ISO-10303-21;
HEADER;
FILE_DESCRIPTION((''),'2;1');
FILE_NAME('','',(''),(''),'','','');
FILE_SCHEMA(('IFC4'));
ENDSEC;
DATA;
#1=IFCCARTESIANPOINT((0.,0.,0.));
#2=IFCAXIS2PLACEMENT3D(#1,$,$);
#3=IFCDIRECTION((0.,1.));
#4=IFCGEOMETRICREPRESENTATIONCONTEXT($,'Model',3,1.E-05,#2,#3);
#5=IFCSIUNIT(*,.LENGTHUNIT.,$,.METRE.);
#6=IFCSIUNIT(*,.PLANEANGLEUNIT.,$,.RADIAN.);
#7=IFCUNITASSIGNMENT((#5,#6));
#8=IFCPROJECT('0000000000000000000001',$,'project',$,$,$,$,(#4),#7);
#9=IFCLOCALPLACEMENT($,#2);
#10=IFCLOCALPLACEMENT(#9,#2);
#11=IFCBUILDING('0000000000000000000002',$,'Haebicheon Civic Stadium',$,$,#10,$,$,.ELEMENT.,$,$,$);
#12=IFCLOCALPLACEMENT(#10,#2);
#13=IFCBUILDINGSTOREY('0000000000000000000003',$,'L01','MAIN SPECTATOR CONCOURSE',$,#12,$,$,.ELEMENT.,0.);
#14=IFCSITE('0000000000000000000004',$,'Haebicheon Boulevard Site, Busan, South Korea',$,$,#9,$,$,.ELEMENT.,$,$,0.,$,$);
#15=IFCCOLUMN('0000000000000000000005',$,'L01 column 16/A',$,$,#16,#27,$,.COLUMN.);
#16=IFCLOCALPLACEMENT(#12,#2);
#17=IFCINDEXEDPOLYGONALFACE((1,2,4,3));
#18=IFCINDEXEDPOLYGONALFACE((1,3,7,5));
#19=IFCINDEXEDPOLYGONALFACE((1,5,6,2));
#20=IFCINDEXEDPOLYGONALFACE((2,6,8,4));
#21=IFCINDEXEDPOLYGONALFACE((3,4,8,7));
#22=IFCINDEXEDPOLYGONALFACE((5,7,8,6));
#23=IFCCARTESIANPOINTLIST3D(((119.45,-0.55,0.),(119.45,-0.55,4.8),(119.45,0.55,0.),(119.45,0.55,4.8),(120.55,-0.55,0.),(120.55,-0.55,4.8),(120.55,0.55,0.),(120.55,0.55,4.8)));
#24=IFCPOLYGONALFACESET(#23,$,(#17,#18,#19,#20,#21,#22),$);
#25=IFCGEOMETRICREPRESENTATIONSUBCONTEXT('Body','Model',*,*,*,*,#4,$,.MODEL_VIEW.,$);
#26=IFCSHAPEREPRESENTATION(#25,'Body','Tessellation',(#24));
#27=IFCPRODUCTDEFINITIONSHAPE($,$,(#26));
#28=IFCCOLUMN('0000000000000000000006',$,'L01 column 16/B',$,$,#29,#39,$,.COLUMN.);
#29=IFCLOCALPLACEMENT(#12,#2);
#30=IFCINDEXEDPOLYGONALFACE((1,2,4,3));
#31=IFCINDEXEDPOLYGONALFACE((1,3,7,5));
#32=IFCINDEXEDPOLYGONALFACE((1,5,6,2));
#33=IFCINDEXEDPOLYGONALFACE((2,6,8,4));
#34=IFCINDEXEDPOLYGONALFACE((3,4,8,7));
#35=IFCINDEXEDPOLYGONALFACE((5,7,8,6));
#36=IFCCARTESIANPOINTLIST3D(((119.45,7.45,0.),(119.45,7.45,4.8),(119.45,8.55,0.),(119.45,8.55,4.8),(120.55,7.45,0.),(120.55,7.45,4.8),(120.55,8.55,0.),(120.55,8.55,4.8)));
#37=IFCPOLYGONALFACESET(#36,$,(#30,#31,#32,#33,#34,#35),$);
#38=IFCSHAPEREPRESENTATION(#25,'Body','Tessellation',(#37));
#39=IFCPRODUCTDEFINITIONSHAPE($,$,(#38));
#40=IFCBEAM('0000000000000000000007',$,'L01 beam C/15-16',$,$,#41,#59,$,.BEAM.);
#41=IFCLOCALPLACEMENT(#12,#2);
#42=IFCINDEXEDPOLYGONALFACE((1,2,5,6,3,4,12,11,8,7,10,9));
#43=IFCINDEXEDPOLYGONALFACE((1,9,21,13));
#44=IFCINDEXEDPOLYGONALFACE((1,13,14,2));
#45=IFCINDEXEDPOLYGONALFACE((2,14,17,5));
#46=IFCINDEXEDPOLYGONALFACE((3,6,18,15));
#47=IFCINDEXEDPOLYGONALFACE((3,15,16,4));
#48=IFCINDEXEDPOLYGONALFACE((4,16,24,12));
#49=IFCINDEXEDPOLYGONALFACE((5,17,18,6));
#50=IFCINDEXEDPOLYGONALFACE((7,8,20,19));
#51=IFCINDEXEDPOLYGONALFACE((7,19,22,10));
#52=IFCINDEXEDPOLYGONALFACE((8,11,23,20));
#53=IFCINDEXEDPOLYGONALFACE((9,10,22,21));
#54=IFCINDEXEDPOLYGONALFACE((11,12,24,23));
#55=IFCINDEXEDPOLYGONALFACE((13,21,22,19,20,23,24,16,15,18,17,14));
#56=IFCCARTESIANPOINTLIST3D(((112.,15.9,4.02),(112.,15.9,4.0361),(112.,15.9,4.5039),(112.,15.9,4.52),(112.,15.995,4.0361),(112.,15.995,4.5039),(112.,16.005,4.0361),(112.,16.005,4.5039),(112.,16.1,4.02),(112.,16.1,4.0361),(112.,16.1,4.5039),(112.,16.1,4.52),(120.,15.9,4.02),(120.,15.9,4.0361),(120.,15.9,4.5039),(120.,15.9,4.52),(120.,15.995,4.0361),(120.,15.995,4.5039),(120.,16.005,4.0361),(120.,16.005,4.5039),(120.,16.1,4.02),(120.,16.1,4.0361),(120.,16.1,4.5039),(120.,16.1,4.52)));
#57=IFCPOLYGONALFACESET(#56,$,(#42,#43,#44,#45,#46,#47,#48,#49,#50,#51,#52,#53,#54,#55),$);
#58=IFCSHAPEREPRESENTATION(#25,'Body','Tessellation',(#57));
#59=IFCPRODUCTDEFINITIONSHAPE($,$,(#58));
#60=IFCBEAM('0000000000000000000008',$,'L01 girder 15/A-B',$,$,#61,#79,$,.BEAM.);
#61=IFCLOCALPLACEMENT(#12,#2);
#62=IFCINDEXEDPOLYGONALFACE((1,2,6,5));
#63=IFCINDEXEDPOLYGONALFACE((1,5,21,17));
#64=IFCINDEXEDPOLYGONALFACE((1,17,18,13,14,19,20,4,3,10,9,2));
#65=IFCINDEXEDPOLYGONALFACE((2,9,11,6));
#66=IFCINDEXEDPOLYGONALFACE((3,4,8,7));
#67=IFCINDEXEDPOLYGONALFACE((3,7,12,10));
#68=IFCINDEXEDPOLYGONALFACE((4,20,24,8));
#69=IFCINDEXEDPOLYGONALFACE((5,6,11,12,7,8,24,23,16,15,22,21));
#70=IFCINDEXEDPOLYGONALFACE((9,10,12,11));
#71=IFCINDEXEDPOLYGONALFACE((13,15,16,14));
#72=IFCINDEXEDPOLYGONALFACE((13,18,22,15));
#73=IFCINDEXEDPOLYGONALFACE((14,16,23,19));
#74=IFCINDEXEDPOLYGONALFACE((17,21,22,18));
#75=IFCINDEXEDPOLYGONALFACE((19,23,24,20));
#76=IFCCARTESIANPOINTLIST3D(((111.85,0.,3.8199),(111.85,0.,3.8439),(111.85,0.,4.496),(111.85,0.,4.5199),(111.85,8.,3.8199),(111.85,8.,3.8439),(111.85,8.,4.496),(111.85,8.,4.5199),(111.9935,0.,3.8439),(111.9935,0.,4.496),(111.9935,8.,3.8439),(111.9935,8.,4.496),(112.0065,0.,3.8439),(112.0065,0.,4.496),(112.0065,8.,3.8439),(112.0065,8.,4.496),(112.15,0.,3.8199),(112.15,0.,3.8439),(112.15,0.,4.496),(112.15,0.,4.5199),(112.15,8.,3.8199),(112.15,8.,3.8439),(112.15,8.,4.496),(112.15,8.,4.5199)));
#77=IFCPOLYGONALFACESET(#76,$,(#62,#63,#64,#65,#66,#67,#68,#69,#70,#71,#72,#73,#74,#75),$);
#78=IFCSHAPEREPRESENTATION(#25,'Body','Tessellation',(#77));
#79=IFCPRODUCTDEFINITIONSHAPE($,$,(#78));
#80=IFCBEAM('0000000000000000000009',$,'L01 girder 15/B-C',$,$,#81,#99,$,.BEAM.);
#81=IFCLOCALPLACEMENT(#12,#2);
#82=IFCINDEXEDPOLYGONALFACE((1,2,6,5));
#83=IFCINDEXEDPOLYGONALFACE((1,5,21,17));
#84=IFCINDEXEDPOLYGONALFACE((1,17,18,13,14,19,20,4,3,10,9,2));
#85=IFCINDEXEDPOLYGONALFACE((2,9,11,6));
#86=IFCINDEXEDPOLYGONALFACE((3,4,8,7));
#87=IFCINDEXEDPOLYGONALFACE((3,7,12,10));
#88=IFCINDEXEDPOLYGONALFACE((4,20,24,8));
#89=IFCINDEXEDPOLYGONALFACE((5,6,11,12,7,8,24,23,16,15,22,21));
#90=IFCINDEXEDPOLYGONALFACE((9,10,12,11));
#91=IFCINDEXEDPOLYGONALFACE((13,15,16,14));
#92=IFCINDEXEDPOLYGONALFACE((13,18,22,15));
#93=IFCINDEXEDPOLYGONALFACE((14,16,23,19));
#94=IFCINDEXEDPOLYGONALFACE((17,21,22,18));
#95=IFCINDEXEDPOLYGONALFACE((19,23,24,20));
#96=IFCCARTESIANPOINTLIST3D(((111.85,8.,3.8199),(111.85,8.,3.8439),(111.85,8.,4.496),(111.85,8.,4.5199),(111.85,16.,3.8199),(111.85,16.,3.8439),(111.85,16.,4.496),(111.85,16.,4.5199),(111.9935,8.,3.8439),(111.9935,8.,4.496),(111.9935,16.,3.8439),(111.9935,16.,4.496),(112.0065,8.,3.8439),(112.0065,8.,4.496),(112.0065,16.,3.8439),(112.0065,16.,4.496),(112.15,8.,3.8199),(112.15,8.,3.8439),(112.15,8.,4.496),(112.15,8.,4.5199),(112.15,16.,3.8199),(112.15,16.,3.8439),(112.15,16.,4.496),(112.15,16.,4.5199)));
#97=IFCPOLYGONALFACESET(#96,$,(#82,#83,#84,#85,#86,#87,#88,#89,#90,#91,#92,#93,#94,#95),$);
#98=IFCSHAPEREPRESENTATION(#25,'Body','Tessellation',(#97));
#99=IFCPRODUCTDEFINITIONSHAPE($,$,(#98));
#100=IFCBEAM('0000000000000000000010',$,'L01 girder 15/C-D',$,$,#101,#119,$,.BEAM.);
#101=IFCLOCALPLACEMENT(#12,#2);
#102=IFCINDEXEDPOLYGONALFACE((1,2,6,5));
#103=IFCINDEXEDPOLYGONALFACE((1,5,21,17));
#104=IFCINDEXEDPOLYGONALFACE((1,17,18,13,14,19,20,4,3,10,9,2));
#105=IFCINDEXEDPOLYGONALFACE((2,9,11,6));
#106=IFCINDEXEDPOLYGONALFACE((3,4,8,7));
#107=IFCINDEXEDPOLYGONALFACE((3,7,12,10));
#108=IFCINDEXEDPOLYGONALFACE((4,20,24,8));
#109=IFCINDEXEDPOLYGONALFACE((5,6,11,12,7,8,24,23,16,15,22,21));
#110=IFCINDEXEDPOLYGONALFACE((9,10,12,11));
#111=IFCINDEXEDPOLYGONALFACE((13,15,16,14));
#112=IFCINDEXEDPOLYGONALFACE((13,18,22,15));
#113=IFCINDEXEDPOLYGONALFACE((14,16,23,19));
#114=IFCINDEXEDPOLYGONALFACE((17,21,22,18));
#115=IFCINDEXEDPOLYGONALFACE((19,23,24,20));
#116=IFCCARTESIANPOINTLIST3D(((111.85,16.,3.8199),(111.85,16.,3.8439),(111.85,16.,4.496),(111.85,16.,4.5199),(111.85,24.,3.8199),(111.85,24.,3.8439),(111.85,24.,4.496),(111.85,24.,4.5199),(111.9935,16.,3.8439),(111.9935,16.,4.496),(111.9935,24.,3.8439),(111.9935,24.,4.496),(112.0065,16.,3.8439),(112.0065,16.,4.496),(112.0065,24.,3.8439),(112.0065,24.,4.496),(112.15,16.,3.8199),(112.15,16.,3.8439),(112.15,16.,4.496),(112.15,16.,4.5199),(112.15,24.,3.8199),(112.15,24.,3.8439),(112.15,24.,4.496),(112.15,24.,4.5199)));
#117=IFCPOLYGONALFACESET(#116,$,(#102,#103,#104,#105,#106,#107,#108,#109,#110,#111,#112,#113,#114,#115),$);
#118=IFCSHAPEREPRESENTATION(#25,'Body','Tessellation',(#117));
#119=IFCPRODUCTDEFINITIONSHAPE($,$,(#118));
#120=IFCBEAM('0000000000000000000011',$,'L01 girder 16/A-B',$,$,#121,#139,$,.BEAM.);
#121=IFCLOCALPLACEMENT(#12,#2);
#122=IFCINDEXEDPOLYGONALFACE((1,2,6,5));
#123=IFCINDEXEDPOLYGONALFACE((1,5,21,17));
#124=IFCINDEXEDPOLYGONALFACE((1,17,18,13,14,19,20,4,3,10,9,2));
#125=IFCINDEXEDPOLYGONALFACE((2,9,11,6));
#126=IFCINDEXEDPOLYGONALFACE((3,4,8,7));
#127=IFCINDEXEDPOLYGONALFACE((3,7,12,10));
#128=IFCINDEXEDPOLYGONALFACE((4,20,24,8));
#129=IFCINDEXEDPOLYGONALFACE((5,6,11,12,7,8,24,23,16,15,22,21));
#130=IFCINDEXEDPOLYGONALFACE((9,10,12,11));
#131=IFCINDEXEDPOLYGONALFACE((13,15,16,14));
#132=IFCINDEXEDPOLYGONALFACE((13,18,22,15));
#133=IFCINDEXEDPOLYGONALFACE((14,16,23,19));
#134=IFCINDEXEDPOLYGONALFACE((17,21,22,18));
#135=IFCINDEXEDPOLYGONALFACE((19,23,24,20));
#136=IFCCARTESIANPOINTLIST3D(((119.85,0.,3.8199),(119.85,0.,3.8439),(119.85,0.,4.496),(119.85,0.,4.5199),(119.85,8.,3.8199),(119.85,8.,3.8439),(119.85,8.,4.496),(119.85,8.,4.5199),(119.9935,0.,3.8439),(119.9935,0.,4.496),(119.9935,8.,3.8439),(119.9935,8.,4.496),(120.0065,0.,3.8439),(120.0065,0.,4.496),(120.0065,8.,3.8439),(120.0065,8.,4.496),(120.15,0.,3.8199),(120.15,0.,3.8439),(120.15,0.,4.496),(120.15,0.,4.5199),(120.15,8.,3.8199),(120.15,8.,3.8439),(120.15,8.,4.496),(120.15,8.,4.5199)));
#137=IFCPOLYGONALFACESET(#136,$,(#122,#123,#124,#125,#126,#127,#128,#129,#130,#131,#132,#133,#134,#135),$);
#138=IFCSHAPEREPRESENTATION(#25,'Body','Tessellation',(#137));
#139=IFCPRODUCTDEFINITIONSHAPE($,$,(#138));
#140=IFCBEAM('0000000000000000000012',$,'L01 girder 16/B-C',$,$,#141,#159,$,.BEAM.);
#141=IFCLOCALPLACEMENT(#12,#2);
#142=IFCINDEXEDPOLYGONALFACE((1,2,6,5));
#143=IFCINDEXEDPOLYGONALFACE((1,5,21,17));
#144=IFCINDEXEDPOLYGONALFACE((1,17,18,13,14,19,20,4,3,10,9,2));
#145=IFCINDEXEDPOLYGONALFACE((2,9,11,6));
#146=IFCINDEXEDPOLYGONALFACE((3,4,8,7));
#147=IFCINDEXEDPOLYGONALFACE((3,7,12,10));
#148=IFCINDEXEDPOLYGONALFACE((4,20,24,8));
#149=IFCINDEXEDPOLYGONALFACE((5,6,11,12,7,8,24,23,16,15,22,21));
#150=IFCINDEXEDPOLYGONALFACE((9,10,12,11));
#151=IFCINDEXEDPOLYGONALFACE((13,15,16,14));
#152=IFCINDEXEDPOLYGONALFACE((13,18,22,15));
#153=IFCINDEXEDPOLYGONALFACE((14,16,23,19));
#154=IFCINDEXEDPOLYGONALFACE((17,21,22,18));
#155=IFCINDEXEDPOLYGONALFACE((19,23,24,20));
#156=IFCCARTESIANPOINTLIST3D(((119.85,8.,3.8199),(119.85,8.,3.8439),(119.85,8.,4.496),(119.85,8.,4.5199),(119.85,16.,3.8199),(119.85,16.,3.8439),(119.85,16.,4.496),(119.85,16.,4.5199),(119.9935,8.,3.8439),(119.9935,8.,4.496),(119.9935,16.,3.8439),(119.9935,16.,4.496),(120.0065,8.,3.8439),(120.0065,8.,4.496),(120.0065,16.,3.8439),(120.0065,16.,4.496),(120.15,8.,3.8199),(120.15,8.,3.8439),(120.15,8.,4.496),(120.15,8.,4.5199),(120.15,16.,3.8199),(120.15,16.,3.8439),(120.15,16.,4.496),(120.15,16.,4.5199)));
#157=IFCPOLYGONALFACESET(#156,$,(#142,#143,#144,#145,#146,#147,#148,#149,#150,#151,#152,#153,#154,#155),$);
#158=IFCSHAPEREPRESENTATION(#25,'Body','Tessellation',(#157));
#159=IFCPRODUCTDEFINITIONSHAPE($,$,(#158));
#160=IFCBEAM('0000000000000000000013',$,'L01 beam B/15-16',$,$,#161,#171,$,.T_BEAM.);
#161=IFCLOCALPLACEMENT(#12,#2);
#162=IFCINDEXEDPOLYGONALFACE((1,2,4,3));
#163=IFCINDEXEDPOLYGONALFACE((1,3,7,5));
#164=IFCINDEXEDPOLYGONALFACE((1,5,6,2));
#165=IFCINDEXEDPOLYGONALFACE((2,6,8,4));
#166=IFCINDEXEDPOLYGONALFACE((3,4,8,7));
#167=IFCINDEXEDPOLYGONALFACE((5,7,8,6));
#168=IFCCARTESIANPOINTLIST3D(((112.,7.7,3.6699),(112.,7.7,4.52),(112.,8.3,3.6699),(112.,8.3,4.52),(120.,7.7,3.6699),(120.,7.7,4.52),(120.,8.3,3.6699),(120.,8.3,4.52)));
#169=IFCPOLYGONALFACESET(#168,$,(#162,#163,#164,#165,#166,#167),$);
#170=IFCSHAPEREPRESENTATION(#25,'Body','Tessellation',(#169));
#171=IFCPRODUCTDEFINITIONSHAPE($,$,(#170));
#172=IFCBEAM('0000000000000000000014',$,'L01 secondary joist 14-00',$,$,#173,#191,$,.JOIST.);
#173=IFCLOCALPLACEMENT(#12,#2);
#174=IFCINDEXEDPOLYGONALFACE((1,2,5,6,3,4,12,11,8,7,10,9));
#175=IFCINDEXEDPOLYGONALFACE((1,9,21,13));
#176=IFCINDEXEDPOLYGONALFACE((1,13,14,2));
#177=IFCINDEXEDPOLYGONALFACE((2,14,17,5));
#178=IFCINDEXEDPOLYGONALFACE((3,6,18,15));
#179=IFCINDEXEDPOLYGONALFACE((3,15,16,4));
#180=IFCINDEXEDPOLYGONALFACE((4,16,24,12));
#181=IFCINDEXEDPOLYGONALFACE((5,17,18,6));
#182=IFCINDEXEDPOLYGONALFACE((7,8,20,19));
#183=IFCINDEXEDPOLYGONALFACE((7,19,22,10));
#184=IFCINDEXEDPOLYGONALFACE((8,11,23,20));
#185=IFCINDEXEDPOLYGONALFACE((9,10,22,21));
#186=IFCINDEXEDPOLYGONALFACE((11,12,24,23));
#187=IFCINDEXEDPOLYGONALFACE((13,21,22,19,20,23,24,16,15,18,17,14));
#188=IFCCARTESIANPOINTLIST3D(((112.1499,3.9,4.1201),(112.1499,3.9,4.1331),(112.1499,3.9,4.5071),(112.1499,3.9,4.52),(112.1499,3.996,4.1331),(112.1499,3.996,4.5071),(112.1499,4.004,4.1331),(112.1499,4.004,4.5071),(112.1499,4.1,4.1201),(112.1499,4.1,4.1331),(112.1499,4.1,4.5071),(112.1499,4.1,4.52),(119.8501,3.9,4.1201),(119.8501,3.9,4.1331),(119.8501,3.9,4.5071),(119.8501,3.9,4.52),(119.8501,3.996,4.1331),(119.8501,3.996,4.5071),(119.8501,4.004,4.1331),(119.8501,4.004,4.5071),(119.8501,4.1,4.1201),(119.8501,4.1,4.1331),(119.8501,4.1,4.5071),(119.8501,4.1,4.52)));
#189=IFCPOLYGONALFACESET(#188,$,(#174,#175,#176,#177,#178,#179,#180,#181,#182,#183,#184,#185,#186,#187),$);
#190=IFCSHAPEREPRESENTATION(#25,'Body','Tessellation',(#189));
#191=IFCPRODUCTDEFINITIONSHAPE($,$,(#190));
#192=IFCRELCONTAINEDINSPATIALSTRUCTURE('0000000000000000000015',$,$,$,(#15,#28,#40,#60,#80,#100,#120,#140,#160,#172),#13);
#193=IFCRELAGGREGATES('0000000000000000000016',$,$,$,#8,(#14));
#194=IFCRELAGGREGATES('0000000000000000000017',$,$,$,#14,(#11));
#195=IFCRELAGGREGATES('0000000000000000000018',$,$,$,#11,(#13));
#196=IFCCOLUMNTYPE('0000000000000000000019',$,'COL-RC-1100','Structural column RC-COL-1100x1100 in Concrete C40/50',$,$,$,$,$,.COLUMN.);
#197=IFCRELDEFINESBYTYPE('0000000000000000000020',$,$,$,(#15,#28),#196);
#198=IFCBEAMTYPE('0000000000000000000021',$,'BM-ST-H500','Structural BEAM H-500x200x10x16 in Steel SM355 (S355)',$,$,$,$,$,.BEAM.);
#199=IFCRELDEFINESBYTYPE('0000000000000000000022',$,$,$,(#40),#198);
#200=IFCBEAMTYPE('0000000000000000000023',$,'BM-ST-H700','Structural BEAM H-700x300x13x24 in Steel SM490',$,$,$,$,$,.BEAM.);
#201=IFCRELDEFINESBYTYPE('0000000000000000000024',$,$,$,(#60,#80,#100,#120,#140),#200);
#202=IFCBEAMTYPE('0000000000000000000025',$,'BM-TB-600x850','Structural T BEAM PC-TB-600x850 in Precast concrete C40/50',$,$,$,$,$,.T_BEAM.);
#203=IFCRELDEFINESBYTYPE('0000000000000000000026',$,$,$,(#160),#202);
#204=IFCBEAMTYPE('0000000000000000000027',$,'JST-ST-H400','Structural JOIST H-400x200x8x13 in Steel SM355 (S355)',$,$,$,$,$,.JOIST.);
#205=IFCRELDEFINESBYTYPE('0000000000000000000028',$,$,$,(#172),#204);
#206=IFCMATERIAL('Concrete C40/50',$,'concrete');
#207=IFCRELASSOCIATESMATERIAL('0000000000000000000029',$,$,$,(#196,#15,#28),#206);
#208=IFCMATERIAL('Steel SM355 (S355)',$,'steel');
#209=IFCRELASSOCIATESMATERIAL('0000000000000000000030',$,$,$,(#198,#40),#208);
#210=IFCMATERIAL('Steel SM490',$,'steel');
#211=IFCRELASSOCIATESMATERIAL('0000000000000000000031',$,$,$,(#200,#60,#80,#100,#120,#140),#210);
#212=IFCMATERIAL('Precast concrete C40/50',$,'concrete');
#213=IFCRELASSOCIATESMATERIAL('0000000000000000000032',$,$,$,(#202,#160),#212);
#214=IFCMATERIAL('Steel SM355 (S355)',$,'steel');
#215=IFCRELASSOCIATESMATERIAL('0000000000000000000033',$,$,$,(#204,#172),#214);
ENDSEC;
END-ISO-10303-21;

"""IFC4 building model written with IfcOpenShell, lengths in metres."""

from ifc_helpers import new_model, si_unit, direction, frame, origin, origin_2d, place, context, subcontext, project, spatial, rectangle, i_section, extrude, material, material_profile, profile_set, type_object, element, save


model = new_model("IFC4")

# Units and contexts
model_context = context("Model", 3, precision=1e-05, world=origin(), true_north=direction((0.0, 1.0)))
body_context = subcontext(model_context, "Body", "Model", "MODEL_VIEW")
ifc_project = project(units=[si_unit("LENGTHUNIT", "METRE"), si_unit("PLANEANGLEUNIT", "RADIAN")], contexts=[model_context])

# Site, building, storey
site_placement = place(None, origin())
site = spatial("IfcSite", under=ifc_project, at=site_placement, Name="Haebicheon Boulevard Site, Busan, South Korea", CompositionType="ELEMENT", RefElevation=0.0)
building_placement = place(site_placement, origin())
building = spatial("IfcBuilding", under=site, at=building_placement, Name="Haebicheon Civic Stadium", CompositionType="ELEMENT")
storey_placement = place(building_placement, origin())
storey = spatial("IfcBuildingStorey", under=building, at=storey_placement, Name="L01", Description="MAIN SPECTATOR CONCOURSE", CompositionType="ELEMENT", Elevation=0.0)

# Columns
ifc_material_1 = material(Name="Concrete C40/50", Category="concrete")
ifc_material_profile_1 = material_profile(ifc_material_1, rectangle(XDim=1.1001, YDim=1.1001, at=origin_2d()), Name="RC-COL-1100x1100")
ifc_profile_set_1 = profile_set([ifc_material_profile_1], Name="Concrete C40/50")
column_type = type_object("IfcColumnType", Name="COL-RC-1100", Description="Structural column RC-COL-1100x1100 in Concrete C40/50", PredefinedType="COLUMN", material=ifc_profile_set_1)
for number, where, z_axis, x_axis, name in (
    (1, (120.0, 0.0, 0.0), (0.0, 0.0, 1.0), (1.0, 0.0, 0.0), "L01 column 16/A"),
    (2, (120.0, 8.0, 0.0), (0.0, 0.0, 1.0), (1.0, 0.0, 0.0), "L01 column 16/B"),
):
    element("IfcColumn", number, at=place(storey_placement, frame(where, z_axis=z_axis, x_axis=x_axis)), inside=storey, type_object=column_type, material=ifc_profile_set_1, Name=name, PredefinedType="COLUMN", context=body_context, shape_type="SweptSolid", body=[
        extrude(rectangle(XDim=1.1001, YDim=1.1001, at=origin_2d()), origin(), (0.0, 0.0, 1.0), 4.8),
    ])

# Beams
ifc_material_2 = material(Name="Steel SM355 (S355)", Category="steel")
ifc_material_profile_2 = material_profile(ifc_material_2, i_section(OverallWidth=0.2, OverallDepth=0.5, WebThickness=0.01, FlangeThickness=0.0161, at=origin_2d()), Name="H-500x200x10x16")
ifc_profile_set_2 = profile_set([ifc_material_profile_2], Name="Steel SM355 (S355)")
beam_type_1 = type_object("IfcBeamType", Name="BM-ST-H500", Description="Structural BEAM H-500x200x10x16 in Steel SM355 (S355)", PredefinedType="BEAM", material=ifc_profile_set_2)
beam_1_placement = place(storey_placement, frame((112.0, 16.0, 4.27), z_axis=(1.0, 0.0, 0.0), x_axis=(0.0, 1.0, 0.0)))
element("IfcBeam", 3, at=beam_1_placement, inside=storey, type_object=beam_type_1, material=ifc_profile_set_2, Name="L01 beam C/15-16", PredefinedType="BEAM", context=body_context, shape_type="SweptSolid", body=[
    extrude(i_section(OverallWidth=0.2, OverallDepth=0.5, WebThickness=0.01, FlangeThickness=0.0161, at=origin_2d()), origin(), (0.0, 0.0, 1.0), 8.0),
])
ifc_material_3 = material(Name="Steel SM490", Category="steel")
ifc_material_profile_3 = material_profile(ifc_material_3, i_section(OverallWidth=0.3, OverallDepth=0.7, WebThickness=0.0129, FlangeThickness=0.0239, at=origin_2d()), Name="H-700x300x13x24")
ifc_profile_set_3 = profile_set([ifc_material_profile_3], Name="Steel SM490")
beam_type_2 = type_object("IfcBeamType", Name="BM-ST-H700", Description="Structural BEAM H-700x300x13x24 in Steel SM490", PredefinedType="BEAM", material=ifc_profile_set_3)
for number, where, z_axis, x_axis, name in (
    (4, (112.0, 0.0, 4.1699), (0.0, 1.0, 0.0), (-1.0, 0.0, 0.0), "L01 girder 15/A-B"),
    (5, (112.0, 8.0, 4.1699), (0.0, 1.0, 0.0), (-1.0, 0.0, 0.0), "L01 girder 15/B-C"),
    (6, (112.0, 16.0, 4.1699), (0.0, 1.0, 0.0), (-1.0, 0.0, 0.0), "L01 girder 15/C-D"),
    (7, (120.0, 0.0, 4.1699), (0.0, 1.0, 0.0), (-1.0, 0.0, 0.0), "L01 girder 16/A-B"),
    (8, (120.0, 8.0, 4.1699), (0.0, 1.0, 0.0), (-1.0, 0.0, 0.0), "L01 girder 16/B-C"),
):
    element("IfcBeam", number, at=place(storey_placement, frame(where, z_axis=z_axis, x_axis=x_axis)), inside=storey, type_object=beam_type_2, material=ifc_profile_set_3, Name=name, PredefinedType="BEAM", context=body_context, shape_type="SweptSolid", body=[
        extrude(i_section(OverallWidth=0.3, OverallDepth=0.7, WebThickness=0.0129, FlangeThickness=0.0239, at=origin_2d()), origin(), (0.0, 0.0, 1.0), 8.0),
    ])
ifc_material_4 = material(Name="Precast concrete C40/50", Category="concrete")
ifc_material_profile_4 = material_profile(ifc_material_4, rectangle(XDim=0.6001, YDim=0.8501, at=origin_2d()), Name="PC-TB-600x850")
ifc_profile_set_4 = profile_set([ifc_material_profile_4], Name="Precast concrete C40/50")
beam_type_3 = type_object("IfcBeamType", Name="BM-TB-600x850", Description="Structural T BEAM PC-TB-600x850 in Precast concrete C40/50", PredefinedType="T_BEAM", material=ifc_profile_set_4)
beam_2_placement = place(storey_placement, frame((112.0, 8.0, 4.095), z_axis=(1.0, 0.0, 0.0), x_axis=(0.0, 1.0, 0.0)))
element("IfcBeam", 9, at=beam_2_placement, inside=storey, type_object=beam_type_3, material=ifc_profile_set_4, Name="L01 beam B/15-16", PredefinedType="T_BEAM", context=body_context, shape_type="SweptSolid", body=[
    extrude(rectangle(XDim=0.6001, YDim=0.8501, at=origin_2d()), origin(), (0.0, 0.0, 1.0), 8.0),
])
ifc_material_5 = material(Name="Steel SM355 (S355)", Category="steel")
ifc_material_profile_5 = material_profile(ifc_material_5, i_section(OverallWidth=0.2, OverallDepth=0.3999, WebThickness=0.0081, FlangeThickness=0.0129, at=origin_2d()), Name="H-400x200x8x13")
ifc_profile_set_5 = profile_set([ifc_material_profile_5], Name="Steel SM355 (S355)")
beam_type_4 = type_object("IfcBeamType", Name="JST-ST-H400", Description="Structural JOIST H-400x200x8x13 in Steel SM355 (S355)", PredefinedType="JOIST", material=ifc_profile_set_5)
for number, where, z_axis, x_axis, name in (
    (10, (112.1499, 4.0, 4.3201), (1.0, 0.0, 0.0), (0.0, 1.0, 0.0), "L01 secondary joist 14-00"),
):
    element("IfcBeam", number, at=place(storey_placement, frame(where, z_axis=z_axis, x_axis=x_axis)), inside=storey, type_object=beam_type_4, material=ifc_profile_set_5, Name=name, PredefinedType="JOIST", context=body_context, shape_type="SweptSolid", body=[
        extrude(i_section(OverallWidth=0.2, OverallDepth=0.3999, WebThickness=0.0081, FlangeThickness=0.0129, at=origin_2d()), origin(), (0.0, 0.0, 1.0), 7.7002),
    ])

save(model, "model.ifc")
